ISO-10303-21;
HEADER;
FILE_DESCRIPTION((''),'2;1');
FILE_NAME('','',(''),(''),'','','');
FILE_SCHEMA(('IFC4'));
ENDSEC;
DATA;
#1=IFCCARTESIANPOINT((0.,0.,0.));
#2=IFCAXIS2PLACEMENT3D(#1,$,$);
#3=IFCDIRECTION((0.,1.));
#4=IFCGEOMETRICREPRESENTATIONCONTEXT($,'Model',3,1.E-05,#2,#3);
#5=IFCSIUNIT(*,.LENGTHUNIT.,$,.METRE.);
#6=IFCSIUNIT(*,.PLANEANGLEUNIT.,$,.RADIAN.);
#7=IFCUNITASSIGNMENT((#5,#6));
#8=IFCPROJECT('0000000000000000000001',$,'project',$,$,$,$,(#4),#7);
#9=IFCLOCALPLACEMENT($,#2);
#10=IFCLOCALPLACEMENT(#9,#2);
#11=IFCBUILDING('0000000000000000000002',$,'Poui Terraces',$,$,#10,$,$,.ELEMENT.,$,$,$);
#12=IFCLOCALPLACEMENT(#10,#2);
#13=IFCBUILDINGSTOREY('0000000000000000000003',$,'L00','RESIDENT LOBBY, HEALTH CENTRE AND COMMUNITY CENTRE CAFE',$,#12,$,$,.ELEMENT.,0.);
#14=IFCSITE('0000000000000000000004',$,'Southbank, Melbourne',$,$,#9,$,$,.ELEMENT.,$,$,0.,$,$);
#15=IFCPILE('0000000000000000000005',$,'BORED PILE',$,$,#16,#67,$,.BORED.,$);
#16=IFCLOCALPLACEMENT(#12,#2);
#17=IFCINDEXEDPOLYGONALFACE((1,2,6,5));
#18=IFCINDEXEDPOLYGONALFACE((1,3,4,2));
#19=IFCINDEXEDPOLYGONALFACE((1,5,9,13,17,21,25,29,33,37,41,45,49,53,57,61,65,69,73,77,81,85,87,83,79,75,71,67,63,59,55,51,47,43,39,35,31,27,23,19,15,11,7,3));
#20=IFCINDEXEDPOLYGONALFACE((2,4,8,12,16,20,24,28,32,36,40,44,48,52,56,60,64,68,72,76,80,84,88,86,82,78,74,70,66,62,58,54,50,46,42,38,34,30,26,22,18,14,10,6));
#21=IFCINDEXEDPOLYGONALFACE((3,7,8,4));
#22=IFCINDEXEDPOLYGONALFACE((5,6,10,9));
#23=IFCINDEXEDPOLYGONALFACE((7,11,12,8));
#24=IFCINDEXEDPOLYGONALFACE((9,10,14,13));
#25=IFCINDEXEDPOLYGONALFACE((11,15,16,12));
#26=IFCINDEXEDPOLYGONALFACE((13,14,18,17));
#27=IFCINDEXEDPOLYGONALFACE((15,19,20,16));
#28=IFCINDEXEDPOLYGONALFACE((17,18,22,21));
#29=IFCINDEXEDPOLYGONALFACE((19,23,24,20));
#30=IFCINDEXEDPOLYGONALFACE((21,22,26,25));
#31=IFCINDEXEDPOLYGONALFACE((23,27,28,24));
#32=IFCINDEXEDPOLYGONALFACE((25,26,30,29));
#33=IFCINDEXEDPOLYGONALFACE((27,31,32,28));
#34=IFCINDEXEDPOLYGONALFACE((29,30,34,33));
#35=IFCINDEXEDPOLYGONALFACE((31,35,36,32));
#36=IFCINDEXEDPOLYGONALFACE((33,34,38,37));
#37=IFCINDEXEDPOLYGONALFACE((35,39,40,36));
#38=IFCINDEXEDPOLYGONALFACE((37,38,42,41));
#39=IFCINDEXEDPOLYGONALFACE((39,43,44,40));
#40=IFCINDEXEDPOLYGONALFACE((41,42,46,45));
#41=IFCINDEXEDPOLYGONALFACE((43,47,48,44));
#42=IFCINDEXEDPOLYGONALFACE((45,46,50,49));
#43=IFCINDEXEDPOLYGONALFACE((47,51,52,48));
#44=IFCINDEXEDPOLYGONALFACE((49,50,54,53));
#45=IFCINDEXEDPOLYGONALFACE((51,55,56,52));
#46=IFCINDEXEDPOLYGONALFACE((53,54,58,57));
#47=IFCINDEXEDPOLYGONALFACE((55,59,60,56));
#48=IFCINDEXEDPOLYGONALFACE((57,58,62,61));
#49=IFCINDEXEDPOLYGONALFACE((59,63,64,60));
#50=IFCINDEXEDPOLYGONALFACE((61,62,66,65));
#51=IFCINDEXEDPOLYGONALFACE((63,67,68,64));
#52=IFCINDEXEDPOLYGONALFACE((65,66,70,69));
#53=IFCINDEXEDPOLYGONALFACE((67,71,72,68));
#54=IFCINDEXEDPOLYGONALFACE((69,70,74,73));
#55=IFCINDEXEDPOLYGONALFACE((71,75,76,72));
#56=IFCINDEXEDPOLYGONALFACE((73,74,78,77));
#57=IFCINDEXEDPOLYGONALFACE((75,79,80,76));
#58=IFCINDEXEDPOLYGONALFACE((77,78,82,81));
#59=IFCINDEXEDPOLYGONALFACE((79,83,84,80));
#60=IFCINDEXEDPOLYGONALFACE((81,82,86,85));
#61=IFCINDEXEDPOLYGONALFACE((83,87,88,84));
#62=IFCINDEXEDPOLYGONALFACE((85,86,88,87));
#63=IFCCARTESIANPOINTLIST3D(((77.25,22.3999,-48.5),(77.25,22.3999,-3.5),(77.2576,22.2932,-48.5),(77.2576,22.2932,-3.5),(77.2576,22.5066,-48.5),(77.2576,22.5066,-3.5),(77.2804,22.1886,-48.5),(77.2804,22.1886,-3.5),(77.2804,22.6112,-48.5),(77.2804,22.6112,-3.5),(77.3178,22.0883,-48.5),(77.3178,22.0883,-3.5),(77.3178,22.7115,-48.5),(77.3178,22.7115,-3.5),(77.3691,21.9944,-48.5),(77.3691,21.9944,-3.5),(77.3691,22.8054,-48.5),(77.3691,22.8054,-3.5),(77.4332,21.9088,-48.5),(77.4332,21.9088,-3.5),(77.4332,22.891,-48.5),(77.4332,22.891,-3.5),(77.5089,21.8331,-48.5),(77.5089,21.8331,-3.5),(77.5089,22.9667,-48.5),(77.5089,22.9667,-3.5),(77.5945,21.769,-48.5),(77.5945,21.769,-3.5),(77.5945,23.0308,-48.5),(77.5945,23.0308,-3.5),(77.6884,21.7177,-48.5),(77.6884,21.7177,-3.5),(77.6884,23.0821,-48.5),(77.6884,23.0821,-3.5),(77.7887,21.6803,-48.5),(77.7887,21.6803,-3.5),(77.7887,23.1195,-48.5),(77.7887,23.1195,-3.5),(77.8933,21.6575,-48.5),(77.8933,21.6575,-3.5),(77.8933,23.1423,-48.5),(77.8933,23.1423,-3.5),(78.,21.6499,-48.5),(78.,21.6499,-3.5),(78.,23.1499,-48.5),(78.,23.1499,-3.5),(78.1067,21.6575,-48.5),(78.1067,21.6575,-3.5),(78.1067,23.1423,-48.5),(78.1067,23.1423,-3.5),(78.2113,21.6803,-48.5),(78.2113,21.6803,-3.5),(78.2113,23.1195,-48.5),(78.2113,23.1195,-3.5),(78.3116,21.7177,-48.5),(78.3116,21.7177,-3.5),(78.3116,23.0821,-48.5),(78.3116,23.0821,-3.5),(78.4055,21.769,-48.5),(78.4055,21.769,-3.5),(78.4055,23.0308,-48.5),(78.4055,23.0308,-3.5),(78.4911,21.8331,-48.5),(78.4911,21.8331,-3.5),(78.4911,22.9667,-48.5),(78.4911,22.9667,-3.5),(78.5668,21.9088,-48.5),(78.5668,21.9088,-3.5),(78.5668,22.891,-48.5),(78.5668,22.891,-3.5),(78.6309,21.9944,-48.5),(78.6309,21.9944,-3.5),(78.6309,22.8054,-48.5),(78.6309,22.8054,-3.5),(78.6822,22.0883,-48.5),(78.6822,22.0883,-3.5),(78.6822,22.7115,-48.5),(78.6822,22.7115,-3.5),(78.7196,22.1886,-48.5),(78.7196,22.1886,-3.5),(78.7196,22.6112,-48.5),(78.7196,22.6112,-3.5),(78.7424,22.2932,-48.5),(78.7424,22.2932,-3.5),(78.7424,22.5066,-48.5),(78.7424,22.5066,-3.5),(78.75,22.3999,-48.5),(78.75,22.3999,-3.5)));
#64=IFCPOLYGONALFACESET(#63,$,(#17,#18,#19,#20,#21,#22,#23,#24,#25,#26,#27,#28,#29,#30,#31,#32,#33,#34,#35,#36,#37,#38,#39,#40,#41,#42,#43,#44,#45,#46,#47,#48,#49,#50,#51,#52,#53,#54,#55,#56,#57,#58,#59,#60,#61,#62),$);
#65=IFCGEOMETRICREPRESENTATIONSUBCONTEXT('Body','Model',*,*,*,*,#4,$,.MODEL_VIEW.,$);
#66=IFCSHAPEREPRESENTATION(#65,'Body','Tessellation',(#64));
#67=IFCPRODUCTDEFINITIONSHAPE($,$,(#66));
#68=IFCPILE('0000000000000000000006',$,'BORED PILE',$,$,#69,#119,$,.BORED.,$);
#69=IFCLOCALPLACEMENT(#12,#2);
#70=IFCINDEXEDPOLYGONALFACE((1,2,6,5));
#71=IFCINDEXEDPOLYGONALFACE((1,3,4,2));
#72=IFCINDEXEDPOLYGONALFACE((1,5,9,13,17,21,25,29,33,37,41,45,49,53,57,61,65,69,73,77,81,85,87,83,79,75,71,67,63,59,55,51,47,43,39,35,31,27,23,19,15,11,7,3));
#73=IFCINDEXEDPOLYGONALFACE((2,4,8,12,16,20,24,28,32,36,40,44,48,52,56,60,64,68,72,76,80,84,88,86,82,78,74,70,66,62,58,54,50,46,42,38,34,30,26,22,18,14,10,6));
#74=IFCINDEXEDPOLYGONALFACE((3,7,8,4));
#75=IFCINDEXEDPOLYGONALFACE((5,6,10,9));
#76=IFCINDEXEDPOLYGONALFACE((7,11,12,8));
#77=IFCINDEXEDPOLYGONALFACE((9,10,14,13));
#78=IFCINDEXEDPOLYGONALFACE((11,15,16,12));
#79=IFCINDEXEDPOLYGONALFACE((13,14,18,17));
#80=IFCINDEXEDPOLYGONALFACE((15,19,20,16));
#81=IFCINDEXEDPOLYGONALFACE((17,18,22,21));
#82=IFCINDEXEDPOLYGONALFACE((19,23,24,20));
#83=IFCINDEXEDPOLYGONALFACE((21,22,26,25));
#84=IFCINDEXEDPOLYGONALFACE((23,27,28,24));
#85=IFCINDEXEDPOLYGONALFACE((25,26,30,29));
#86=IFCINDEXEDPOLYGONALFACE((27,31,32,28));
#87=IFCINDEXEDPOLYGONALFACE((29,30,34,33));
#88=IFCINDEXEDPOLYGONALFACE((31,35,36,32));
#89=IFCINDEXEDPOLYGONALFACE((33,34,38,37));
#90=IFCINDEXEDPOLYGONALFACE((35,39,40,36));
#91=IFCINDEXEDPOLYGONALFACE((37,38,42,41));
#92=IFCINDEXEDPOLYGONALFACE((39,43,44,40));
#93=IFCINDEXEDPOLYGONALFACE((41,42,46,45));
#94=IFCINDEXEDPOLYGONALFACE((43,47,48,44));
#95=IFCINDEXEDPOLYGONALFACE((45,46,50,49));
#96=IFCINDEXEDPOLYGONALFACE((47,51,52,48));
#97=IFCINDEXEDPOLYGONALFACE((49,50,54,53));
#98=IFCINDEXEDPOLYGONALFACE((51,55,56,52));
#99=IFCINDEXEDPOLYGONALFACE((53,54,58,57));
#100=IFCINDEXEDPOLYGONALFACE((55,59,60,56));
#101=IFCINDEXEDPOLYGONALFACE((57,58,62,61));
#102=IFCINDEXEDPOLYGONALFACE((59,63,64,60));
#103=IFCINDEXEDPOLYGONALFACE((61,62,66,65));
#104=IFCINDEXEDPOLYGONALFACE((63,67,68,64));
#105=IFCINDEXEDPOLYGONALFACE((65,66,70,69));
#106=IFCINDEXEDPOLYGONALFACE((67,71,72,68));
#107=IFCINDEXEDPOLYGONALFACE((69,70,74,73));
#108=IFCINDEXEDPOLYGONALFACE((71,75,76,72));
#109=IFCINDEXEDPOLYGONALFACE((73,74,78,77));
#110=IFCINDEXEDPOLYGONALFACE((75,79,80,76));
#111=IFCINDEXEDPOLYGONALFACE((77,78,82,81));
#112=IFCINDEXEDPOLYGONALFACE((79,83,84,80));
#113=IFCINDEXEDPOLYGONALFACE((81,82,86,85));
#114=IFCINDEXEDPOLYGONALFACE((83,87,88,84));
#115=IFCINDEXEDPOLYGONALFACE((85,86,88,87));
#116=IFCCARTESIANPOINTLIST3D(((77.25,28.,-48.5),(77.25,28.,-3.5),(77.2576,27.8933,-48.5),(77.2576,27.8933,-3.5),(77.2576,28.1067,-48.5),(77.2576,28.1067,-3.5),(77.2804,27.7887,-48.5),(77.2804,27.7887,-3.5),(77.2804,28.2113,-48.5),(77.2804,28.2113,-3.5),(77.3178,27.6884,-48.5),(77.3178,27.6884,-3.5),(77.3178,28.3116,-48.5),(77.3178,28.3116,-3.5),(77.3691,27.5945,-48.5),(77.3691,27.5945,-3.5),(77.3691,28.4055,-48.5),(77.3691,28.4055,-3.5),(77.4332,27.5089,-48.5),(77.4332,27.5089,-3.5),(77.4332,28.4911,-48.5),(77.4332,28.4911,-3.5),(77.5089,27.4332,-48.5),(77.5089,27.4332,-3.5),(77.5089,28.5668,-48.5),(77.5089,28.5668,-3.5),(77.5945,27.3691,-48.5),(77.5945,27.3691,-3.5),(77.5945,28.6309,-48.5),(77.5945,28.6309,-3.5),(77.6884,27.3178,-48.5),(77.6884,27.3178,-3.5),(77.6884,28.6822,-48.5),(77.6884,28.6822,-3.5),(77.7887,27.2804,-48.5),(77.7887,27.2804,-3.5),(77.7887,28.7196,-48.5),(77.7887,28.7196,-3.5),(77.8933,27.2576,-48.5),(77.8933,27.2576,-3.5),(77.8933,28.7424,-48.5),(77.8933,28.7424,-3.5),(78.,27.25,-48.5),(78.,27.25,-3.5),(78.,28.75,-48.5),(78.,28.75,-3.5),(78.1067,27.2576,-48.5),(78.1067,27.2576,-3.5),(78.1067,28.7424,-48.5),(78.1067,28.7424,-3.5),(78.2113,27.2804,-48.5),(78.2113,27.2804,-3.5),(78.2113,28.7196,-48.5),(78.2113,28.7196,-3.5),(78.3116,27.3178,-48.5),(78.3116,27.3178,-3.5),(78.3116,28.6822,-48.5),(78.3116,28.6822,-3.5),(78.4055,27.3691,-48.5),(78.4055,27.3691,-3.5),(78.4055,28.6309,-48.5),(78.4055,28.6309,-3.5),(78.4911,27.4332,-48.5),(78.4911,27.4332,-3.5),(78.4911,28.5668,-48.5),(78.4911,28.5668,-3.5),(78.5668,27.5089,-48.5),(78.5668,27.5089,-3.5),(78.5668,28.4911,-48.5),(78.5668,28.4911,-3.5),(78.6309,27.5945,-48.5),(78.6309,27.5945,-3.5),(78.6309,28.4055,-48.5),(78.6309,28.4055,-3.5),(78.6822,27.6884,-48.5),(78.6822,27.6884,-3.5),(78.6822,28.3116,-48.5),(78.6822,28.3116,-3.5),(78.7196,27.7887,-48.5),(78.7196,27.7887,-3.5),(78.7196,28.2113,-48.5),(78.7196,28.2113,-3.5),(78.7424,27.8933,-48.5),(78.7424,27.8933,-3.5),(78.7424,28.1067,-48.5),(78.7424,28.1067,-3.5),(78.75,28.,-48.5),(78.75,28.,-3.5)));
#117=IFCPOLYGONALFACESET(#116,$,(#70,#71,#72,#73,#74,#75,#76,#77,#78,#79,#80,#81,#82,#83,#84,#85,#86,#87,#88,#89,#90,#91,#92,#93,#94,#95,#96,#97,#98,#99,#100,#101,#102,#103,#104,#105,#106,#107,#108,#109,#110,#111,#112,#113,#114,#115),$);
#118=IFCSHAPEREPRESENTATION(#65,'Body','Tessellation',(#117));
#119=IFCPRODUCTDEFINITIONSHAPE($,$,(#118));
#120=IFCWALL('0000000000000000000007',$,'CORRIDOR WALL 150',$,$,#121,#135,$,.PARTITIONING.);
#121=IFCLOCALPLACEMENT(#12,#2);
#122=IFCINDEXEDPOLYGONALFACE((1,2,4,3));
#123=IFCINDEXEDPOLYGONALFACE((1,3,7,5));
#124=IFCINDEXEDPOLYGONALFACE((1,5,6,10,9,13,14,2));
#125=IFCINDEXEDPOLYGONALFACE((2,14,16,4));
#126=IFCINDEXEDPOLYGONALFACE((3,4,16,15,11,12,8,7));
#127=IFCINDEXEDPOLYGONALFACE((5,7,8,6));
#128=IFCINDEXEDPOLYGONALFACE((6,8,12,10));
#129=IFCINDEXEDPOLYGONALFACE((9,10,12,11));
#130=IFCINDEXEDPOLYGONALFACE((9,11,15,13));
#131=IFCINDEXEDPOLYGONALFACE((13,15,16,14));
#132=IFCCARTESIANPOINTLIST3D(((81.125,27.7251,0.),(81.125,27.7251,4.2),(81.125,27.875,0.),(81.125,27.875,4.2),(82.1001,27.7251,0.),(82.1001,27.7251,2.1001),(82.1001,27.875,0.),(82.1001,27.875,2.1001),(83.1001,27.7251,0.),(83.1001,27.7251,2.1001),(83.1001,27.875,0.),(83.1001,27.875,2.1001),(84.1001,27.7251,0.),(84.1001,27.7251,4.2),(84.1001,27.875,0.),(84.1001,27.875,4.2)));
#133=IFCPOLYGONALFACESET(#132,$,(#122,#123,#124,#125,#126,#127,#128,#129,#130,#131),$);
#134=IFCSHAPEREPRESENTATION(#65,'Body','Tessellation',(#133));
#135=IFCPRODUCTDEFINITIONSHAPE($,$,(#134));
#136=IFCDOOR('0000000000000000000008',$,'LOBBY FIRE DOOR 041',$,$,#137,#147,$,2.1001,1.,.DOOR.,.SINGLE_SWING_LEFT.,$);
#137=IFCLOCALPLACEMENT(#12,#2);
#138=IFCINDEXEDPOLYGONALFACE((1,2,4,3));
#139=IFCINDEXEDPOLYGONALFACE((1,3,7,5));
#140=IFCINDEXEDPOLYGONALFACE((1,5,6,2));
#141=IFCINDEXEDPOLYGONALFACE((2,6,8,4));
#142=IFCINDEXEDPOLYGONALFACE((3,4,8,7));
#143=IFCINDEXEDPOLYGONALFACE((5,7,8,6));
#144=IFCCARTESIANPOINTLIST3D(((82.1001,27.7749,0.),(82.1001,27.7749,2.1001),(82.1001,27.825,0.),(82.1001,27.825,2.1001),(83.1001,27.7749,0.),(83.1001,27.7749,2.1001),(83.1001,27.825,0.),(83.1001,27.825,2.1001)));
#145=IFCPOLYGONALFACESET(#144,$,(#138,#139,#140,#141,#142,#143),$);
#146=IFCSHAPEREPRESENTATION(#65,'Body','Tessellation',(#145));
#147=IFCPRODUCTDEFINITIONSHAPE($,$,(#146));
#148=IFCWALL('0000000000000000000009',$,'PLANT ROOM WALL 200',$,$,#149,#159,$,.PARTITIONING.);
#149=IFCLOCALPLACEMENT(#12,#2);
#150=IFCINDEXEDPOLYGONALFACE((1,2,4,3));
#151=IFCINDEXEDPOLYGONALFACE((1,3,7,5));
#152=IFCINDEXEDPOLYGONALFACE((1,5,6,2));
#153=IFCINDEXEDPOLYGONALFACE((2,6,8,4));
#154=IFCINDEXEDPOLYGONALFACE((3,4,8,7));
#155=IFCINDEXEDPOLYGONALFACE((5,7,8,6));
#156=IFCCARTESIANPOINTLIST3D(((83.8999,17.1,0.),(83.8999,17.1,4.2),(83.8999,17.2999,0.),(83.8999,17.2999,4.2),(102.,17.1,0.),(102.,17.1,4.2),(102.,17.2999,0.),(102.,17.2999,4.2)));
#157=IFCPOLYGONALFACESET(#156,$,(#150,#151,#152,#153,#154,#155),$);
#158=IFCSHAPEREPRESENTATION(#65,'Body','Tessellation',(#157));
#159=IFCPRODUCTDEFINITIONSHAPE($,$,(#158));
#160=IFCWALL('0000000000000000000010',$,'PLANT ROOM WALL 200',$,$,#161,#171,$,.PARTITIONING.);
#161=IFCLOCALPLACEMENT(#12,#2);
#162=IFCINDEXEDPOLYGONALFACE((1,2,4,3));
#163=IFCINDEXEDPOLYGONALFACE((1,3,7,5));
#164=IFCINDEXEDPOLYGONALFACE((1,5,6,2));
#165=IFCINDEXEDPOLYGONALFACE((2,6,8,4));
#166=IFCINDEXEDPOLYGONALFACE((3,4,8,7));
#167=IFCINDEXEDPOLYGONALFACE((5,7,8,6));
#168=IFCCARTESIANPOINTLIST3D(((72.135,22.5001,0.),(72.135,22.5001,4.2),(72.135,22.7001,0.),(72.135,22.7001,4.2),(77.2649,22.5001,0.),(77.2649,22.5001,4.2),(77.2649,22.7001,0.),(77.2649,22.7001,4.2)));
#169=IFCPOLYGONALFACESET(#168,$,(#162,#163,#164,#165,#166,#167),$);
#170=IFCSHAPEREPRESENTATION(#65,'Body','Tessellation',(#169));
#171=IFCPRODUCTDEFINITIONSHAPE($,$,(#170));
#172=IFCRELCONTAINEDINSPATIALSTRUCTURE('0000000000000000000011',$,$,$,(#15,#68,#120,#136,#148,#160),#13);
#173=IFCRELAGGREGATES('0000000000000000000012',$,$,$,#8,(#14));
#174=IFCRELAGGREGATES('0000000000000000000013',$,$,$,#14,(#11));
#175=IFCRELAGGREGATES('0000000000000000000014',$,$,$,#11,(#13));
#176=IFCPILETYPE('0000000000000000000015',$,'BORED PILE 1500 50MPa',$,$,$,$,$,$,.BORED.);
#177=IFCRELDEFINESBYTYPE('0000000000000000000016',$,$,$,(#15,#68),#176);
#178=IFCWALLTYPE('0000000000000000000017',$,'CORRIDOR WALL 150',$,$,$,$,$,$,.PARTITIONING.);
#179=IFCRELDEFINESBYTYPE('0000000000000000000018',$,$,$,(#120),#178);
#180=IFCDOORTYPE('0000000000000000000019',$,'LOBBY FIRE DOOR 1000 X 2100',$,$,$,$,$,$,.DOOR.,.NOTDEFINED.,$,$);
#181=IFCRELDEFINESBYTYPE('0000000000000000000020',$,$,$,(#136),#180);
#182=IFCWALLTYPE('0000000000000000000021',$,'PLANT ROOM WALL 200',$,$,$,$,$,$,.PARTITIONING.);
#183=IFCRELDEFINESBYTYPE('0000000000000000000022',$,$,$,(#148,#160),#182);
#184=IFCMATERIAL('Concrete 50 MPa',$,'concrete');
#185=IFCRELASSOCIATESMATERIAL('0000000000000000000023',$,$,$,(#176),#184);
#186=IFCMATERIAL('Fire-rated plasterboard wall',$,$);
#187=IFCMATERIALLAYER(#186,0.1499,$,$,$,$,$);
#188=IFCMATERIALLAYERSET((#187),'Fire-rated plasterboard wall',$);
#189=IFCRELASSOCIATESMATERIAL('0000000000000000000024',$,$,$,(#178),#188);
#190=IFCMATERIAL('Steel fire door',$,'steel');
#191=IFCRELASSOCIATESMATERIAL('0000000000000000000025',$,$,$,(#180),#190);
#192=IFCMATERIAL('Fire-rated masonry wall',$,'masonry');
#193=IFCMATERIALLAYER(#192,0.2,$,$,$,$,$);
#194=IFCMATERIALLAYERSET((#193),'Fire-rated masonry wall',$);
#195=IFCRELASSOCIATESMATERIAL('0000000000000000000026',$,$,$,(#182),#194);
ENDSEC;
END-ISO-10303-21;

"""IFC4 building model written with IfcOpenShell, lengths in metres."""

from ifc_helpers import new_model, si_unit, direction, frame, frame_2d, origin, origin_2d, place, context, subcontext, project, spatial, rectangle, circle, extrude, material, layer, layer_set, material_profile, profile_set, type_object, element, fill, save


model = new_model("IFC4")

# Units and contexts
model_context = context("Model", 3, precision=1e-05, world=origin(), true_north=direction((0.0, 1.0)))
body_context = subcontext(model_context, "Body", "Model", "MODEL_VIEW")
ifc_project = project(units=[si_unit("LENGTHUNIT", "METRE"), si_unit("PLANEANGLEUNIT", "RADIAN")], contexts=[model_context])

# Site, building, storey
site_placement = place(None, origin())
site = spatial("IfcSite", under=ifc_project, at=site_placement, Name="Southbank, Melbourne", CompositionType="ELEMENT", RefElevation=0.0)
building_placement = place(site_placement, origin())
building = spatial("IfcBuilding", under=site, at=building_placement, Name="Poui Terraces", CompositionType="ELEMENT")
storey_placement = place(building_placement, origin())
storey = spatial("IfcBuildingStorey", under=building, at=storey_placement, Name="L00", Description="RESIDENT LOBBY, HEALTH CENTRE AND COMMUNITY CENTRE CAFE", CompositionType="ELEMENT", Elevation=0.0)

# Piles
ifc_material_1 = material(Name="Concrete 50 MPa", Category="concrete")
ifc_material_profile = material_profile(ifc_material_1, circle(Radius=0.75, at=origin_2d()), Name="RC D1500")
ifc_profile_set = profile_set([ifc_material_profile], Name="Concrete 50 MPa")
pile_type = type_object("IfcPileType", Name="BORED PILE 1500 50MPa", PredefinedType="BORED", material=ifc_profile_set)
for number, where, z_axis, x_axis, name in (
    (1, (78.0, 22.3999, -3.5), (0.0, 0.0, -1.0), (1.0, 0.0, 0.0), "BORED PILE"),
    (2, (78.0, 28.0, -3.5), (0.0, 0.0, -1.0), (1.0, 0.0, 0.0), "BORED PILE"),
):
    element("IfcPile", number, at=place(storey_placement, frame(where, z_axis=z_axis, x_axis=x_axis)), inside=storey, type_object=pile_type, Name=name, PredefinedType="BORED", context=body_context, shape_type="SweptSolid", body=[
        extrude(circle(Radius=0.75, at=origin_2d()), origin(), (0.0, 0.0, 1.0), 45.0),
    ])

# Wall, opening, door
ifc_material_2 = material(Name="Fire-rated plasterboard wall")
ifc_layer_1 = layer(ifc_material_2, 0.1499)
ifc_layer_set_1 = layer_set([ifc_layer_1], Name="Fire-rated plasterboard wall")
wall_type_1 = type_object("IfcWallType", Name="CORRIDOR WALL 150", PredefinedType="PARTITIONING", material=ifc_layer_set_1)
wall_1_placement = place(storey_placement, frame((81.125, 27.8, 0.0), z_axis=(0.0, 0.0, 1.0), x_axis=(1.0, 0.0, 0.0)))
wall_1 = element("IfcWall", 3, at=wall_1_placement, inside=storey, type_object=wall_type_1, Name="CORRIDOR WALL 150", PredefinedType="PARTITIONING", context=body_context, shape_type="SweptSolid", body=[
    extrude(rectangle(XDim=2.9751, YDim=0.1499, at=frame_2d((1.4875, 0.0))), origin(), (0.0, 0.0, 1.0), 4.2),
])
opening_1_placement = place(wall_1_placement, frame((0.9751, 0.0, 0.0)))
opening_1 = element("IfcOpeningElement", 4, at=opening_1_placement, cuts=wall_1, PredefinedType="OPENING", context=body_context, shape_type="SweptSolid", body=[
    extrude(rectangle(XDim=1.0, YDim=2.1001, at=frame_2d((0.5, 1.05))), frame((0.0, 0.085, 0.0), z_axis=(0.0, -1.0, 0.0), x_axis=(1.0, 0.0, 0.0)), (0.0, 0.0, 1.0), 0.1699),
])
ifc_material_3 = material(Name="Steel fire door", Category="steel")
door_type_1 = type_object("IfcDoorType", Name="LOBBY FIRE DOOR 1000 X 2100", OperationType="NOTDEFINED", PredefinedType="DOOR", material=ifc_material_3)
door_1_placement = place(opening_1_placement, origin())
door_1 = element("IfcDoor", 5, at=door_1_placement, inside=storey, type_object=door_type_1, Name="LOBBY FIRE DOOR 041", OperationType="SINGLE_SWING_LEFT", OverallHeight=2.1001, OverallWidth=1.0, PredefinedType="DOOR", context=body_context, shape_type="SweptSolid", body=[
    extrude(rectangle(XDim=1.0, YDim=2.1001, at=frame_2d((0.5, 1.05))), frame((0.0, 0.0249, 0.0), z_axis=(0.0, -1.0, 0.0), x_axis=(1.0, 0.0, 0.0)), (0.0, 0.0, 1.0), 0.05),
])
fill(opening_1, door_1)

# Walls
ifc_material_4 = material(Name="Fire-rated masonry wall", Category="masonry")
ifc_layer_2 = layer(ifc_material_4, 0.2)
ifc_layer_set_2 = layer_set([ifc_layer_2], Name="Fire-rated masonry wall")
wall_type_2 = type_object("IfcWallType", Name="PLANT ROOM WALL 200", PredefinedType="PARTITIONING", material=ifc_layer_set_2)
wall_2_placement = place(storey_placement, frame((83.8999, 17.2, 0.0), z_axis=(0.0, 0.0, 1.0), x_axis=(1.0, 0.0, 0.0)))
element("IfcWall", 6, at=wall_2_placement, inside=storey, type_object=wall_type_2, Name="PLANT ROOM WALL 200", PredefinedType="PARTITIONING", context=body_context, shape_type="SweptSolid", body=[
    extrude(rectangle(XDim=18.1001, YDim=0.2, at=frame_2d((9.05, 0.0))), origin(), (0.0, 0.0, 1.0), 4.2),
])
wall_3_placement = place(storey_placement, frame((72.135, 22.6001, 0.0), z_axis=(0.0, 0.0, 1.0), x_axis=(1.0, 0.0, 0.0)))
element("IfcWall", 7, at=wall_3_placement, inside=storey, type_object=wall_type_2, Name="PLANT ROOM WALL 200", PredefinedType="PARTITIONING", context=body_context, shape_type="SweptSolid", body=[
    extrude(rectangle(XDim=5.1299, YDim=0.2, at=frame_2d((2.5649, 0.0))), origin(), (0.0, 0.0, 1.0), 4.2),
])

save(model, "model.ifc")
